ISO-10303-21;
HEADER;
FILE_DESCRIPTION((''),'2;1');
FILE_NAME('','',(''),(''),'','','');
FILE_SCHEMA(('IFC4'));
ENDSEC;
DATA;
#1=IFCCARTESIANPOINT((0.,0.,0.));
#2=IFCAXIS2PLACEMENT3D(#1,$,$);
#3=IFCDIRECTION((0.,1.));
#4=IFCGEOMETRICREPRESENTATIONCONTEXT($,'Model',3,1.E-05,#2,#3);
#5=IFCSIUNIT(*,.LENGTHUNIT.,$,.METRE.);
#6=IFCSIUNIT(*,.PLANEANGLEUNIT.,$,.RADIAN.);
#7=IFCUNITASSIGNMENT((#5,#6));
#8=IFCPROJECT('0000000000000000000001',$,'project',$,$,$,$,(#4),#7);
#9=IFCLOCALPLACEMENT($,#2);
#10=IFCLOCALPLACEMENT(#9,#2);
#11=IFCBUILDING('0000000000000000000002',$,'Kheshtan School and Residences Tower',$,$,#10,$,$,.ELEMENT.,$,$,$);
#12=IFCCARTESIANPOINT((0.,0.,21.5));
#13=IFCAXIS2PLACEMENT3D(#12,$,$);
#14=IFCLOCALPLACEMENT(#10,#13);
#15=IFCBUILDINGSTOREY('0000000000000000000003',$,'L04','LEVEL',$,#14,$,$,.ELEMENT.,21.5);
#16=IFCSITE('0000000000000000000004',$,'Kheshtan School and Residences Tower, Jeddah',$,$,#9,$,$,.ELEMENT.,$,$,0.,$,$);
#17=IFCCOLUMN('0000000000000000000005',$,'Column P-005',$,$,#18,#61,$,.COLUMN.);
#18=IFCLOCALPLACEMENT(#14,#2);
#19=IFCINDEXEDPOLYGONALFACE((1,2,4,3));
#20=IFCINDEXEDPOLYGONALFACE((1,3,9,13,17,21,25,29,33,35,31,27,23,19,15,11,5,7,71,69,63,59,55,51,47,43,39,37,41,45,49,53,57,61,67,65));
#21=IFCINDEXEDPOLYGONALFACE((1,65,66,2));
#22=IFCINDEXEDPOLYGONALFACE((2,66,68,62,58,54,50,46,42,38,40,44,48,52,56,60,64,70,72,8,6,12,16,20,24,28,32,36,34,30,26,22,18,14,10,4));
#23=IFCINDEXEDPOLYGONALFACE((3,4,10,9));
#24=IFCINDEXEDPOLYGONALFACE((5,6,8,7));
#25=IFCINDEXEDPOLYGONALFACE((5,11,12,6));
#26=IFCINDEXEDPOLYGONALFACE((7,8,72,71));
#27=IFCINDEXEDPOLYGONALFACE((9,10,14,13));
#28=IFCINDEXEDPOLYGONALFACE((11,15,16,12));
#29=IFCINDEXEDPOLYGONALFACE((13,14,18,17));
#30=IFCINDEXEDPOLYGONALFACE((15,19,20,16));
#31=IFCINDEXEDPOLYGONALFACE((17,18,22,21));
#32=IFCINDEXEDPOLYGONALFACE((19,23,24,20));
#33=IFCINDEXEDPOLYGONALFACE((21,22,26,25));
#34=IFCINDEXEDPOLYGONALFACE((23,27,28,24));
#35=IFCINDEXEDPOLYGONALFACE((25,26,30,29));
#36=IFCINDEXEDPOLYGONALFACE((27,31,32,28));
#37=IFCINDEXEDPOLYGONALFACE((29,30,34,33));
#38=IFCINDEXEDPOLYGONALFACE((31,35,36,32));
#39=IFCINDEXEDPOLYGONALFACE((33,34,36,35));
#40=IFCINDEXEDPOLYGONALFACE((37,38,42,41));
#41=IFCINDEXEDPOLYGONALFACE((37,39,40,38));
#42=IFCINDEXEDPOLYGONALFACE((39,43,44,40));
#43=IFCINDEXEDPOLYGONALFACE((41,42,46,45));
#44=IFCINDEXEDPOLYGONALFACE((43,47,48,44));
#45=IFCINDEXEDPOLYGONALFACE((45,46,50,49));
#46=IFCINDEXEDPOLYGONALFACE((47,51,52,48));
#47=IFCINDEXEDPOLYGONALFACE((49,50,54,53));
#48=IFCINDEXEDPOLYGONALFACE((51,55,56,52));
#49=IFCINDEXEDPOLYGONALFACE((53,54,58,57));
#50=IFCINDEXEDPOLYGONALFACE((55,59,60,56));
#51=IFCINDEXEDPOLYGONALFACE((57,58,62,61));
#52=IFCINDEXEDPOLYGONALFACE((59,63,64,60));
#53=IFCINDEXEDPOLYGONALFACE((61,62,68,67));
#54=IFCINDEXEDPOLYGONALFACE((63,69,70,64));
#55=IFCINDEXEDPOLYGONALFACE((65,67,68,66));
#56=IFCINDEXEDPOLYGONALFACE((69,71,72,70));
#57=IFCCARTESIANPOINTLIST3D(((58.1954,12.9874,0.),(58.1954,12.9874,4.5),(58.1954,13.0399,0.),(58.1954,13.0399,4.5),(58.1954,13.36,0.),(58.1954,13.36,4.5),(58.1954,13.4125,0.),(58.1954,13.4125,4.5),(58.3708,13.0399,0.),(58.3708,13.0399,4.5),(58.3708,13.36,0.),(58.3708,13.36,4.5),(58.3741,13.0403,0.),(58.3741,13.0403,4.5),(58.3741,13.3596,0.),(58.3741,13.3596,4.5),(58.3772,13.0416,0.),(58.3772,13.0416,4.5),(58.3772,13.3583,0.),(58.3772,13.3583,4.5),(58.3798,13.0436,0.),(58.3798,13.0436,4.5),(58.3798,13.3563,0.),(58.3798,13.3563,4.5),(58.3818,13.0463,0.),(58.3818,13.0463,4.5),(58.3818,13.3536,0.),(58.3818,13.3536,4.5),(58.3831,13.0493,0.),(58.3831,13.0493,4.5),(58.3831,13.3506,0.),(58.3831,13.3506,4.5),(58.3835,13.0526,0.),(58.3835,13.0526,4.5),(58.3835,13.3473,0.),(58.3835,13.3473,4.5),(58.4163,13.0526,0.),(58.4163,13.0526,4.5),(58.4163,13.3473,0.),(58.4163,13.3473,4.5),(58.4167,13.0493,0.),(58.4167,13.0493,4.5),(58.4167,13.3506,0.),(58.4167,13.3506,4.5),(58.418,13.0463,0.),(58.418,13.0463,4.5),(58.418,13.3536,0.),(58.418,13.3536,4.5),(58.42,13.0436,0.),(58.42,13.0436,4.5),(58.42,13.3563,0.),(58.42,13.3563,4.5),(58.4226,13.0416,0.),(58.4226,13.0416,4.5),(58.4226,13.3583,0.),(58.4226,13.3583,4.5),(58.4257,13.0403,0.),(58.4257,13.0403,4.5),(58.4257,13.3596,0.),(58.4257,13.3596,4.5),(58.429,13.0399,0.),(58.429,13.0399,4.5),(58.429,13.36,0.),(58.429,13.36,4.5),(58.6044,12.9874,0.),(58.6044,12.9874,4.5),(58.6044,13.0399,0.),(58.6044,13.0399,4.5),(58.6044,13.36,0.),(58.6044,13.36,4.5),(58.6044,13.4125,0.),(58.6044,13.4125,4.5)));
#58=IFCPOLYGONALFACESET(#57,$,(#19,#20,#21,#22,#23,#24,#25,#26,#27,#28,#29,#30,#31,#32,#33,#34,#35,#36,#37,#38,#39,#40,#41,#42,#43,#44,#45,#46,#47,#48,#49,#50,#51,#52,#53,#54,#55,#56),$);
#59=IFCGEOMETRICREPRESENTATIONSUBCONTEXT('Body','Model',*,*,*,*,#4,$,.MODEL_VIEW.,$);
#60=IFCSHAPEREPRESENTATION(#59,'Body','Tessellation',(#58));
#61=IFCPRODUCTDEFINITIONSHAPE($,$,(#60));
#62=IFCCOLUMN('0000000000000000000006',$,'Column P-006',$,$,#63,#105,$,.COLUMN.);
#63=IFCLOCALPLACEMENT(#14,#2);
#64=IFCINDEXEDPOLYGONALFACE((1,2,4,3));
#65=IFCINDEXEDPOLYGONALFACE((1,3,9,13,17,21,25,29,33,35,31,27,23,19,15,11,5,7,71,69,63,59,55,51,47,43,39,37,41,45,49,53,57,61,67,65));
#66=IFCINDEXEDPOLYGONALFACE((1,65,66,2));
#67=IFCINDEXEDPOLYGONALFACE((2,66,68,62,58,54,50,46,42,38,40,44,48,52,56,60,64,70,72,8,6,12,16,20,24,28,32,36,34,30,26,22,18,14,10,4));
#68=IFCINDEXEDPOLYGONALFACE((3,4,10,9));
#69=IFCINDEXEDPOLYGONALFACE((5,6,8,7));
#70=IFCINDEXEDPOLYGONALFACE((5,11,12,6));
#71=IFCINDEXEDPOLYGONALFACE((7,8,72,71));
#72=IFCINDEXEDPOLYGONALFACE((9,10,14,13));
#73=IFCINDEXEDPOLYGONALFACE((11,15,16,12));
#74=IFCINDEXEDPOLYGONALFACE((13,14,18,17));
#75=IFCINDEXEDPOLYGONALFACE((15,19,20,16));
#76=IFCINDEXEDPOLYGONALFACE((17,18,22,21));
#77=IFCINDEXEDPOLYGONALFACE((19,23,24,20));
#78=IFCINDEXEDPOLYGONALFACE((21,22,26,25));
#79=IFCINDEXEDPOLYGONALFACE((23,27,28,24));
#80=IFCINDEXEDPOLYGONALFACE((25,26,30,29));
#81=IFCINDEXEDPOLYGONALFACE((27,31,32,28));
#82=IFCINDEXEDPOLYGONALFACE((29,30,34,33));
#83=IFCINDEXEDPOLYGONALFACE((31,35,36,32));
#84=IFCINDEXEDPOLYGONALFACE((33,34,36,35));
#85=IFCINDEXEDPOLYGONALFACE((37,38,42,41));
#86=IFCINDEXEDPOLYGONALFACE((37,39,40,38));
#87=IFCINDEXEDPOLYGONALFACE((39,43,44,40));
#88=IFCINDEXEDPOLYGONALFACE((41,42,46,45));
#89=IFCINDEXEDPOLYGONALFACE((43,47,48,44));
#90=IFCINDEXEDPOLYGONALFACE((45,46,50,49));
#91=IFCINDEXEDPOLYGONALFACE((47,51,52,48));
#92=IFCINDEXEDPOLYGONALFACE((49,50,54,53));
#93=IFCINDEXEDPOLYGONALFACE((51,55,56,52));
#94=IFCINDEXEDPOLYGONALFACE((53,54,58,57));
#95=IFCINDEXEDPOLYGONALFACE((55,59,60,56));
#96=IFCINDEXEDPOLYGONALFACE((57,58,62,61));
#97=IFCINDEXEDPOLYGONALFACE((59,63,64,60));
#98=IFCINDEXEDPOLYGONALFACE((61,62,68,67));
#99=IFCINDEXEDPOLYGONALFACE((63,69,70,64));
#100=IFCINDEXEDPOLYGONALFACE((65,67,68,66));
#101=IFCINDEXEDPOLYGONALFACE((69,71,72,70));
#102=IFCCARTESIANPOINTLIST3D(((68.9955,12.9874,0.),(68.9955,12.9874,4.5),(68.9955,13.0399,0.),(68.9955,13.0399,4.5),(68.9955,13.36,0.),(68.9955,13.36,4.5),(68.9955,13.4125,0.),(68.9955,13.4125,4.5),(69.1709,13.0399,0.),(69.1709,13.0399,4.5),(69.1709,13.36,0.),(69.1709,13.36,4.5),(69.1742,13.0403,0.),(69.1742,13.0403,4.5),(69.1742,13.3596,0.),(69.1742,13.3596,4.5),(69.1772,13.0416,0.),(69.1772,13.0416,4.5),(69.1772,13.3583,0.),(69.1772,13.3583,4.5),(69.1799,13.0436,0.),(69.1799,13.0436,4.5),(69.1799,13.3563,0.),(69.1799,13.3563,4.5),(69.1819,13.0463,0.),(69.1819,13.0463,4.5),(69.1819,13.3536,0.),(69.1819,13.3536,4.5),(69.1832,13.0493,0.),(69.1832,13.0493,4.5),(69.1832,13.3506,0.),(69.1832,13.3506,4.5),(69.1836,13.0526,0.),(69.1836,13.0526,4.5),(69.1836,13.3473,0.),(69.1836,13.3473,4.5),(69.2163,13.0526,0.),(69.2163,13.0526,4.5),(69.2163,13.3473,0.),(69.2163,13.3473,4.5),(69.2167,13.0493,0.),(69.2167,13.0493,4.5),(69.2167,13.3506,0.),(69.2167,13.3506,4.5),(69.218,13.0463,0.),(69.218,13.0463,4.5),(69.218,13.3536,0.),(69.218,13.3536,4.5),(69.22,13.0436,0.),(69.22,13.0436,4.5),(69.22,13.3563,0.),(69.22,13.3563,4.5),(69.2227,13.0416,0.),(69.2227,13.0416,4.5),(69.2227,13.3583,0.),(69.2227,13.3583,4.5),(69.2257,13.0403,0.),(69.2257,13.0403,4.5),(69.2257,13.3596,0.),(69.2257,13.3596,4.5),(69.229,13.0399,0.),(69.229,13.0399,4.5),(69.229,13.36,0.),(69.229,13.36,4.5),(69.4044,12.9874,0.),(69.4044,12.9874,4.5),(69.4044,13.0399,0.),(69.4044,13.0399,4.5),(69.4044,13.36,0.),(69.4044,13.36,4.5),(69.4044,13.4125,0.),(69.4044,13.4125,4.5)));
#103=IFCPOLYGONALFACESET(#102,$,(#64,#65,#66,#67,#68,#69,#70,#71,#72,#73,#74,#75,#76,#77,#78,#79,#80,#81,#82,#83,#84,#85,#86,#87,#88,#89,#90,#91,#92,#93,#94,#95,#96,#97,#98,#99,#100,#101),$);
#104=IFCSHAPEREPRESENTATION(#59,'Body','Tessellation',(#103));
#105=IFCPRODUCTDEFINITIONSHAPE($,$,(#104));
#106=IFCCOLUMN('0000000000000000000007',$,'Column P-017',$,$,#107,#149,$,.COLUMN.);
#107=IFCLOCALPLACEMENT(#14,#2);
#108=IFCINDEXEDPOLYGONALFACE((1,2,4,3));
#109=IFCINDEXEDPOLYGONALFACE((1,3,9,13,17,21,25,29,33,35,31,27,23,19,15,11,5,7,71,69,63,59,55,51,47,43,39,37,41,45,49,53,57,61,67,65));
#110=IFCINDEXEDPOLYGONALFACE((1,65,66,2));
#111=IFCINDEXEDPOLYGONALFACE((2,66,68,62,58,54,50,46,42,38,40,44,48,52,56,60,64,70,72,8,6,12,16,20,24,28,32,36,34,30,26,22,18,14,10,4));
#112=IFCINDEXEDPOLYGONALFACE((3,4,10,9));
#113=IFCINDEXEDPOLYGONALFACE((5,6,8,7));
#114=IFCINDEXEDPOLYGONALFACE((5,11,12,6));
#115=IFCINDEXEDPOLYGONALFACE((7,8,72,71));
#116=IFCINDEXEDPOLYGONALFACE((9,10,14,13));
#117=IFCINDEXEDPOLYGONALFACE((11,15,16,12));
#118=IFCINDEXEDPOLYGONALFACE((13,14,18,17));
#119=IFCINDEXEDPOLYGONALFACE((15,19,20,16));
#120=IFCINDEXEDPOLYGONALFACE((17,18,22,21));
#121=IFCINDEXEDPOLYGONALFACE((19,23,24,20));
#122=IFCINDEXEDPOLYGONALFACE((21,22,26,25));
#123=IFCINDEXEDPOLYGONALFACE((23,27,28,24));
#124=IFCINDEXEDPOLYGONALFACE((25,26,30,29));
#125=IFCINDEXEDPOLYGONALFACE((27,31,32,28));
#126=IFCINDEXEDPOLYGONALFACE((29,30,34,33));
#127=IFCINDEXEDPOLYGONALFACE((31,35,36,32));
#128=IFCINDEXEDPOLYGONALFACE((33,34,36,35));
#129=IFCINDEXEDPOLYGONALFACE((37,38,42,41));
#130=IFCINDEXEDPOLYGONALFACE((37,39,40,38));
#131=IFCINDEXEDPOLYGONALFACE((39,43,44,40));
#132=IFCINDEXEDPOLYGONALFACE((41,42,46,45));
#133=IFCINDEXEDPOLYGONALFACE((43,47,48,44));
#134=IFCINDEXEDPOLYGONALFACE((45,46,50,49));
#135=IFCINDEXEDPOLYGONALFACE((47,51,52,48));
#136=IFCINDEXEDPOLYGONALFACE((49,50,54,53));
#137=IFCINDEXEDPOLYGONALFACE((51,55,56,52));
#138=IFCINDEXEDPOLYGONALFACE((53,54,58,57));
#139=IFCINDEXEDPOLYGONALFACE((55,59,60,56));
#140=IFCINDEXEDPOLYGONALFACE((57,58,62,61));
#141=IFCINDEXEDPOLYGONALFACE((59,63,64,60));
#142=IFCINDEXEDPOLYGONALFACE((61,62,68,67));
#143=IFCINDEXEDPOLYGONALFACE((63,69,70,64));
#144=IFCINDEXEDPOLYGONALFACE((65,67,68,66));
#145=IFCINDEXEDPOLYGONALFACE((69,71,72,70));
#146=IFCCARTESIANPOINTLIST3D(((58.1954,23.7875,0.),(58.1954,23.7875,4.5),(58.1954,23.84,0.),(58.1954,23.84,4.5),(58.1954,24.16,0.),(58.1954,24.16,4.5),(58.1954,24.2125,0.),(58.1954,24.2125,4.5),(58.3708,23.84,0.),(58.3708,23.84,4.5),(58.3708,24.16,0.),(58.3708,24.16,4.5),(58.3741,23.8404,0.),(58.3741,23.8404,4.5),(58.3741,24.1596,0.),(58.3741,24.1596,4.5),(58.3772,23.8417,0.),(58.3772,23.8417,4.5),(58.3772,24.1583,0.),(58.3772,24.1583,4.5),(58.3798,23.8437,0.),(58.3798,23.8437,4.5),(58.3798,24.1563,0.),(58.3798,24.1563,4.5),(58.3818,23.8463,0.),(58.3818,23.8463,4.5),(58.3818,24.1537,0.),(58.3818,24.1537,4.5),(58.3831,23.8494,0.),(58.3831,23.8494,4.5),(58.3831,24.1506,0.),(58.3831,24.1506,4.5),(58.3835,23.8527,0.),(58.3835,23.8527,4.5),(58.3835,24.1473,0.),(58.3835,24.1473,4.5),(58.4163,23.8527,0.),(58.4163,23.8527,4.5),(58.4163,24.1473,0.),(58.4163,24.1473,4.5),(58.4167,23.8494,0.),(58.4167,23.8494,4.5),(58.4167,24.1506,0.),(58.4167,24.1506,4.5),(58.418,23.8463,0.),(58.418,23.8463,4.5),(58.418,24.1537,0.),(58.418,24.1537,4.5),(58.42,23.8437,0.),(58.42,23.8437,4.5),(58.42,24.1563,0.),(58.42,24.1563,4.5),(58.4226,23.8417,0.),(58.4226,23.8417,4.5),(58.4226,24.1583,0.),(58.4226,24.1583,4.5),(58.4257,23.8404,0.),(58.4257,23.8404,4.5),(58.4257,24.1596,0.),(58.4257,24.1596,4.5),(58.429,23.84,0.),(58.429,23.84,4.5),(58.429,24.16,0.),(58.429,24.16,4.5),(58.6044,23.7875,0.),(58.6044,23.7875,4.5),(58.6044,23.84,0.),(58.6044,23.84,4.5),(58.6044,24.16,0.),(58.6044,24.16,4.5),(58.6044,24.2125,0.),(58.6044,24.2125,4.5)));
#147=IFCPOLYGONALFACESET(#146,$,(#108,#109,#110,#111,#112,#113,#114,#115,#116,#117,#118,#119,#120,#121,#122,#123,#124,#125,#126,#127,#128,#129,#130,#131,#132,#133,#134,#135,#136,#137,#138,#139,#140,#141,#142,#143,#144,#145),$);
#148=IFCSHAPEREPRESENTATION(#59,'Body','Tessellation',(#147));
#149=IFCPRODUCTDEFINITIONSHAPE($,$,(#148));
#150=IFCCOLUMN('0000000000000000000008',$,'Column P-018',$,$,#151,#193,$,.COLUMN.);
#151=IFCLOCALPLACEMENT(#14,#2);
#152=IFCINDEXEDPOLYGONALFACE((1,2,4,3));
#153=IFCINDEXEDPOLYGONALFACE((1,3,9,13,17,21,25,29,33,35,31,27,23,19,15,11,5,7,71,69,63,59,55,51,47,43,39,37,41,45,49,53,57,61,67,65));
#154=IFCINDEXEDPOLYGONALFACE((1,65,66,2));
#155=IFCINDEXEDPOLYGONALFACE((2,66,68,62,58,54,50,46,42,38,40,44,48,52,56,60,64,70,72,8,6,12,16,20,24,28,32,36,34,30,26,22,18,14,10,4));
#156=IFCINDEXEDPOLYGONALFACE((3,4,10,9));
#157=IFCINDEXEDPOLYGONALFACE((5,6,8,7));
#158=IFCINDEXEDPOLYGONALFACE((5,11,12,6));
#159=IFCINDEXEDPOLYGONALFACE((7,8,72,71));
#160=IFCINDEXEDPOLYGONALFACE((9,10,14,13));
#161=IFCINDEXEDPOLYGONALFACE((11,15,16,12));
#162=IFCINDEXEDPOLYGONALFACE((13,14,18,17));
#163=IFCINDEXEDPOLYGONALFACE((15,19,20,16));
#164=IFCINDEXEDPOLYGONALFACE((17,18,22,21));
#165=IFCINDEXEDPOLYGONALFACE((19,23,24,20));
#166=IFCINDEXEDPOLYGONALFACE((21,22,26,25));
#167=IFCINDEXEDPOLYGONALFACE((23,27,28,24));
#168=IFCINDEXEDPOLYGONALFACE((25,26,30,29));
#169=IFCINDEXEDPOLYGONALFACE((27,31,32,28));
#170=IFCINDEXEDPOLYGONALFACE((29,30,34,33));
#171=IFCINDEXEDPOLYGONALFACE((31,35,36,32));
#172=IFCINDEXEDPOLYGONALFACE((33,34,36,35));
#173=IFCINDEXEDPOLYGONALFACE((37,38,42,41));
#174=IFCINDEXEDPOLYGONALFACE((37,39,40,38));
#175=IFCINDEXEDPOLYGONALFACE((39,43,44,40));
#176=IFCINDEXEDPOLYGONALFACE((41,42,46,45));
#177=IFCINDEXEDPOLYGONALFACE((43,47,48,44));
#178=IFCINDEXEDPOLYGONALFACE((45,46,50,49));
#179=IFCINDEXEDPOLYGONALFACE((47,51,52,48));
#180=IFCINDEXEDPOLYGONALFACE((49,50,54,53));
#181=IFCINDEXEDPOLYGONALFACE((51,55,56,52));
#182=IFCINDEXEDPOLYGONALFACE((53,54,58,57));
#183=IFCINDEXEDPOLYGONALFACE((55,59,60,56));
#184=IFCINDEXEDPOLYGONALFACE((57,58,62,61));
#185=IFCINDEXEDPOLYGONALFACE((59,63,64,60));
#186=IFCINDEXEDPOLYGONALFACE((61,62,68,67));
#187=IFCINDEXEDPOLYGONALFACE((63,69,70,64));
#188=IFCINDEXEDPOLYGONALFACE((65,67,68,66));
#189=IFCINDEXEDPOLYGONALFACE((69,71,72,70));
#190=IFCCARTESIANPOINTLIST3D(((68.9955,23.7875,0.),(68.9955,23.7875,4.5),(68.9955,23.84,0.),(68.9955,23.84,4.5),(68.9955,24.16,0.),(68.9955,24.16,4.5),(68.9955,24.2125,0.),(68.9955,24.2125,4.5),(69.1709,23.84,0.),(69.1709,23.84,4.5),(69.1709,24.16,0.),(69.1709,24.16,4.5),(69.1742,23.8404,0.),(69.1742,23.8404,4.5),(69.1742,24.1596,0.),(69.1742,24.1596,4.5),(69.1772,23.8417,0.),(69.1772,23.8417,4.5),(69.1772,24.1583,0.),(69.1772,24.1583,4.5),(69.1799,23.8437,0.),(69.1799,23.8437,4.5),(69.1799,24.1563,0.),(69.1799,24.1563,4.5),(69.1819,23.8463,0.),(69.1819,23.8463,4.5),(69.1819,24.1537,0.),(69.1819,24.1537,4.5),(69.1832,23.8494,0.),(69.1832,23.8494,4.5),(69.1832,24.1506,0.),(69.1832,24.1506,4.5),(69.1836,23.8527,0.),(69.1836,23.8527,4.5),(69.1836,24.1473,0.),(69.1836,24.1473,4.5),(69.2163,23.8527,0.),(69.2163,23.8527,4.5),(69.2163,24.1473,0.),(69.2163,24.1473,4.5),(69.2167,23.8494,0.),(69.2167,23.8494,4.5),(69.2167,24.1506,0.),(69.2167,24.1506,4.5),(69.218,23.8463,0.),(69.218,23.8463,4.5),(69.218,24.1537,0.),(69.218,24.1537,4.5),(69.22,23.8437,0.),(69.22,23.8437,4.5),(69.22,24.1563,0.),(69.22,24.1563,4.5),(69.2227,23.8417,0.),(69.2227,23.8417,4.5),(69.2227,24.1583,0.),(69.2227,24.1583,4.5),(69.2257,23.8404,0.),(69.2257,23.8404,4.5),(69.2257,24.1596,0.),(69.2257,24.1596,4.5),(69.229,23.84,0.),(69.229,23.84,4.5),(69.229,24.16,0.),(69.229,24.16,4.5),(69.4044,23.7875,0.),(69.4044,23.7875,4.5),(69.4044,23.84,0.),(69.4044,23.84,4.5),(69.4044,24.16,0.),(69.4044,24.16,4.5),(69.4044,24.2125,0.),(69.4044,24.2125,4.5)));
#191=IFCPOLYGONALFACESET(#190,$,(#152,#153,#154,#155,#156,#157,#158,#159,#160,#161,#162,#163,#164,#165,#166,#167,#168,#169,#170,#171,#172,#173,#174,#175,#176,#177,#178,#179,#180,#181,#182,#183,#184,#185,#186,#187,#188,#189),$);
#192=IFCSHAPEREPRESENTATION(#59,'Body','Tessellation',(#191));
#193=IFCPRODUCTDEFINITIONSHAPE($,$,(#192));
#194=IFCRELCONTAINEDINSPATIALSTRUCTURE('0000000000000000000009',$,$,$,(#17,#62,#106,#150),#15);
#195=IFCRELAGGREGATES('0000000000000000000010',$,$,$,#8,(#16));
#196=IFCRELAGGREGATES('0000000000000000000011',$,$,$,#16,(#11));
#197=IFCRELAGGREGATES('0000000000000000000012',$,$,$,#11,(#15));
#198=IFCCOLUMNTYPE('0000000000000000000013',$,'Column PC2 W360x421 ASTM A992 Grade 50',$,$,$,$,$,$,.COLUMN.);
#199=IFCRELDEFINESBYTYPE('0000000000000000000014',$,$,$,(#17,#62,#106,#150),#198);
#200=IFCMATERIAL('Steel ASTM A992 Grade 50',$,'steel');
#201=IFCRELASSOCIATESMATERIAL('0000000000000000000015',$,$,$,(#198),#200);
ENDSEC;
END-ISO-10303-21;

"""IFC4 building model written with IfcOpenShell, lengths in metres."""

from ifc_helpers import new_model, si_unit, direction, frame, origin, origin_2d, place, context, subcontext, project, spatial, i_section, extrude, material, material_profile, profile_set, type_object, element, save


model = new_model("IFC4")

# Units and contexts
model_context = context("Model", 3, precision=1e-05, world=origin(), true_north=direction((0.0, 1.0)))
body_context = subcontext(model_context, "Body", "Model", "MODEL_VIEW")
ifc_project = project(units=[si_unit("LENGTHUNIT", "METRE"), si_unit("PLANEANGLEUNIT", "RADIAN")], contexts=[model_context])

# Site, building, storey
site_placement = place(None, origin())
site = spatial("IfcSite", under=ifc_project, at=site_placement, Name="Kheshtan School and Residences Tower, Jeddah", CompositionType="ELEMENT", RefElevation=0.0)
building_placement = place(site_placement, origin())
building = spatial("IfcBuilding", under=site, at=building_placement, Name="Kheshtan School and Residences Tower", CompositionType="ELEMENT")
storey_placement = place(building_placement, frame((0.0, 0.0, 21.5)))
storey = spatial("IfcBuildingStorey", under=building, at=storey_placement, Name="L04", Description="LEVEL", CompositionType="ELEMENT", Elevation=21.5)

# Columns
ifc_material_1 = material(Name="Steel ASTM A992 Grade 50", Category="steel")
ifc_material_profile_1 = material_profile(ifc_material_1, i_section(OverallWidth=0.4089, OverallDepth=0.425, WebThickness=0.0327, FlangeThickness=0.0525, FilletRadius=0.0127, at=origin_2d()), Name="W360x421")
ifc_profile_set_1 = profile_set([ifc_material_profile_1], Name="Steel ASTM A992 Grade 50")
column_type = type_object("IfcColumnType", Name="Column PC2 W360x421 ASTM A992 Grade 50", PredefinedType="COLUMN", material=ifc_profile_set_1)
for number, where, z_axis, x_axis, name in (
    (1, (58.3999, 13.2, 0.0), (0.0, 0.0, 1.0), (1.0, 0.0, 0.0), "Column P-005"),
    (2, (69.2, 13.2, 0.0), (0.0, 0.0, 1.0), (1.0, 0.0, 0.0), "Column P-006"),
    (3, (58.3999, 24.0, 0.0), (0.0, 0.0, 1.0), (1.0, 0.0, 0.0), "Column P-017"),
    (4, (69.2, 24.0, 0.0), (0.0, 0.0, 1.0), (1.0, 0.0, 0.0), "Column P-018"),
):
    element("IfcColumn", number, at=place(storey_placement, frame(where, z_axis=z_axis, x_axis=x_axis)), inside=storey, type_object=column_type, Name=name, PredefinedType="COLUMN", context=body_context, shape_type="SweptSolid", body=[
        extrude(i_section(OverallWidth=0.4089, OverallDepth=0.425, WebThickness=0.0327, FlangeThickness=0.0525, FilletRadius=0.0127, at=origin_2d()), origin(), (0.0, 0.0, 1.0), 4.5),
    ])

save(model, "model.ifc")
